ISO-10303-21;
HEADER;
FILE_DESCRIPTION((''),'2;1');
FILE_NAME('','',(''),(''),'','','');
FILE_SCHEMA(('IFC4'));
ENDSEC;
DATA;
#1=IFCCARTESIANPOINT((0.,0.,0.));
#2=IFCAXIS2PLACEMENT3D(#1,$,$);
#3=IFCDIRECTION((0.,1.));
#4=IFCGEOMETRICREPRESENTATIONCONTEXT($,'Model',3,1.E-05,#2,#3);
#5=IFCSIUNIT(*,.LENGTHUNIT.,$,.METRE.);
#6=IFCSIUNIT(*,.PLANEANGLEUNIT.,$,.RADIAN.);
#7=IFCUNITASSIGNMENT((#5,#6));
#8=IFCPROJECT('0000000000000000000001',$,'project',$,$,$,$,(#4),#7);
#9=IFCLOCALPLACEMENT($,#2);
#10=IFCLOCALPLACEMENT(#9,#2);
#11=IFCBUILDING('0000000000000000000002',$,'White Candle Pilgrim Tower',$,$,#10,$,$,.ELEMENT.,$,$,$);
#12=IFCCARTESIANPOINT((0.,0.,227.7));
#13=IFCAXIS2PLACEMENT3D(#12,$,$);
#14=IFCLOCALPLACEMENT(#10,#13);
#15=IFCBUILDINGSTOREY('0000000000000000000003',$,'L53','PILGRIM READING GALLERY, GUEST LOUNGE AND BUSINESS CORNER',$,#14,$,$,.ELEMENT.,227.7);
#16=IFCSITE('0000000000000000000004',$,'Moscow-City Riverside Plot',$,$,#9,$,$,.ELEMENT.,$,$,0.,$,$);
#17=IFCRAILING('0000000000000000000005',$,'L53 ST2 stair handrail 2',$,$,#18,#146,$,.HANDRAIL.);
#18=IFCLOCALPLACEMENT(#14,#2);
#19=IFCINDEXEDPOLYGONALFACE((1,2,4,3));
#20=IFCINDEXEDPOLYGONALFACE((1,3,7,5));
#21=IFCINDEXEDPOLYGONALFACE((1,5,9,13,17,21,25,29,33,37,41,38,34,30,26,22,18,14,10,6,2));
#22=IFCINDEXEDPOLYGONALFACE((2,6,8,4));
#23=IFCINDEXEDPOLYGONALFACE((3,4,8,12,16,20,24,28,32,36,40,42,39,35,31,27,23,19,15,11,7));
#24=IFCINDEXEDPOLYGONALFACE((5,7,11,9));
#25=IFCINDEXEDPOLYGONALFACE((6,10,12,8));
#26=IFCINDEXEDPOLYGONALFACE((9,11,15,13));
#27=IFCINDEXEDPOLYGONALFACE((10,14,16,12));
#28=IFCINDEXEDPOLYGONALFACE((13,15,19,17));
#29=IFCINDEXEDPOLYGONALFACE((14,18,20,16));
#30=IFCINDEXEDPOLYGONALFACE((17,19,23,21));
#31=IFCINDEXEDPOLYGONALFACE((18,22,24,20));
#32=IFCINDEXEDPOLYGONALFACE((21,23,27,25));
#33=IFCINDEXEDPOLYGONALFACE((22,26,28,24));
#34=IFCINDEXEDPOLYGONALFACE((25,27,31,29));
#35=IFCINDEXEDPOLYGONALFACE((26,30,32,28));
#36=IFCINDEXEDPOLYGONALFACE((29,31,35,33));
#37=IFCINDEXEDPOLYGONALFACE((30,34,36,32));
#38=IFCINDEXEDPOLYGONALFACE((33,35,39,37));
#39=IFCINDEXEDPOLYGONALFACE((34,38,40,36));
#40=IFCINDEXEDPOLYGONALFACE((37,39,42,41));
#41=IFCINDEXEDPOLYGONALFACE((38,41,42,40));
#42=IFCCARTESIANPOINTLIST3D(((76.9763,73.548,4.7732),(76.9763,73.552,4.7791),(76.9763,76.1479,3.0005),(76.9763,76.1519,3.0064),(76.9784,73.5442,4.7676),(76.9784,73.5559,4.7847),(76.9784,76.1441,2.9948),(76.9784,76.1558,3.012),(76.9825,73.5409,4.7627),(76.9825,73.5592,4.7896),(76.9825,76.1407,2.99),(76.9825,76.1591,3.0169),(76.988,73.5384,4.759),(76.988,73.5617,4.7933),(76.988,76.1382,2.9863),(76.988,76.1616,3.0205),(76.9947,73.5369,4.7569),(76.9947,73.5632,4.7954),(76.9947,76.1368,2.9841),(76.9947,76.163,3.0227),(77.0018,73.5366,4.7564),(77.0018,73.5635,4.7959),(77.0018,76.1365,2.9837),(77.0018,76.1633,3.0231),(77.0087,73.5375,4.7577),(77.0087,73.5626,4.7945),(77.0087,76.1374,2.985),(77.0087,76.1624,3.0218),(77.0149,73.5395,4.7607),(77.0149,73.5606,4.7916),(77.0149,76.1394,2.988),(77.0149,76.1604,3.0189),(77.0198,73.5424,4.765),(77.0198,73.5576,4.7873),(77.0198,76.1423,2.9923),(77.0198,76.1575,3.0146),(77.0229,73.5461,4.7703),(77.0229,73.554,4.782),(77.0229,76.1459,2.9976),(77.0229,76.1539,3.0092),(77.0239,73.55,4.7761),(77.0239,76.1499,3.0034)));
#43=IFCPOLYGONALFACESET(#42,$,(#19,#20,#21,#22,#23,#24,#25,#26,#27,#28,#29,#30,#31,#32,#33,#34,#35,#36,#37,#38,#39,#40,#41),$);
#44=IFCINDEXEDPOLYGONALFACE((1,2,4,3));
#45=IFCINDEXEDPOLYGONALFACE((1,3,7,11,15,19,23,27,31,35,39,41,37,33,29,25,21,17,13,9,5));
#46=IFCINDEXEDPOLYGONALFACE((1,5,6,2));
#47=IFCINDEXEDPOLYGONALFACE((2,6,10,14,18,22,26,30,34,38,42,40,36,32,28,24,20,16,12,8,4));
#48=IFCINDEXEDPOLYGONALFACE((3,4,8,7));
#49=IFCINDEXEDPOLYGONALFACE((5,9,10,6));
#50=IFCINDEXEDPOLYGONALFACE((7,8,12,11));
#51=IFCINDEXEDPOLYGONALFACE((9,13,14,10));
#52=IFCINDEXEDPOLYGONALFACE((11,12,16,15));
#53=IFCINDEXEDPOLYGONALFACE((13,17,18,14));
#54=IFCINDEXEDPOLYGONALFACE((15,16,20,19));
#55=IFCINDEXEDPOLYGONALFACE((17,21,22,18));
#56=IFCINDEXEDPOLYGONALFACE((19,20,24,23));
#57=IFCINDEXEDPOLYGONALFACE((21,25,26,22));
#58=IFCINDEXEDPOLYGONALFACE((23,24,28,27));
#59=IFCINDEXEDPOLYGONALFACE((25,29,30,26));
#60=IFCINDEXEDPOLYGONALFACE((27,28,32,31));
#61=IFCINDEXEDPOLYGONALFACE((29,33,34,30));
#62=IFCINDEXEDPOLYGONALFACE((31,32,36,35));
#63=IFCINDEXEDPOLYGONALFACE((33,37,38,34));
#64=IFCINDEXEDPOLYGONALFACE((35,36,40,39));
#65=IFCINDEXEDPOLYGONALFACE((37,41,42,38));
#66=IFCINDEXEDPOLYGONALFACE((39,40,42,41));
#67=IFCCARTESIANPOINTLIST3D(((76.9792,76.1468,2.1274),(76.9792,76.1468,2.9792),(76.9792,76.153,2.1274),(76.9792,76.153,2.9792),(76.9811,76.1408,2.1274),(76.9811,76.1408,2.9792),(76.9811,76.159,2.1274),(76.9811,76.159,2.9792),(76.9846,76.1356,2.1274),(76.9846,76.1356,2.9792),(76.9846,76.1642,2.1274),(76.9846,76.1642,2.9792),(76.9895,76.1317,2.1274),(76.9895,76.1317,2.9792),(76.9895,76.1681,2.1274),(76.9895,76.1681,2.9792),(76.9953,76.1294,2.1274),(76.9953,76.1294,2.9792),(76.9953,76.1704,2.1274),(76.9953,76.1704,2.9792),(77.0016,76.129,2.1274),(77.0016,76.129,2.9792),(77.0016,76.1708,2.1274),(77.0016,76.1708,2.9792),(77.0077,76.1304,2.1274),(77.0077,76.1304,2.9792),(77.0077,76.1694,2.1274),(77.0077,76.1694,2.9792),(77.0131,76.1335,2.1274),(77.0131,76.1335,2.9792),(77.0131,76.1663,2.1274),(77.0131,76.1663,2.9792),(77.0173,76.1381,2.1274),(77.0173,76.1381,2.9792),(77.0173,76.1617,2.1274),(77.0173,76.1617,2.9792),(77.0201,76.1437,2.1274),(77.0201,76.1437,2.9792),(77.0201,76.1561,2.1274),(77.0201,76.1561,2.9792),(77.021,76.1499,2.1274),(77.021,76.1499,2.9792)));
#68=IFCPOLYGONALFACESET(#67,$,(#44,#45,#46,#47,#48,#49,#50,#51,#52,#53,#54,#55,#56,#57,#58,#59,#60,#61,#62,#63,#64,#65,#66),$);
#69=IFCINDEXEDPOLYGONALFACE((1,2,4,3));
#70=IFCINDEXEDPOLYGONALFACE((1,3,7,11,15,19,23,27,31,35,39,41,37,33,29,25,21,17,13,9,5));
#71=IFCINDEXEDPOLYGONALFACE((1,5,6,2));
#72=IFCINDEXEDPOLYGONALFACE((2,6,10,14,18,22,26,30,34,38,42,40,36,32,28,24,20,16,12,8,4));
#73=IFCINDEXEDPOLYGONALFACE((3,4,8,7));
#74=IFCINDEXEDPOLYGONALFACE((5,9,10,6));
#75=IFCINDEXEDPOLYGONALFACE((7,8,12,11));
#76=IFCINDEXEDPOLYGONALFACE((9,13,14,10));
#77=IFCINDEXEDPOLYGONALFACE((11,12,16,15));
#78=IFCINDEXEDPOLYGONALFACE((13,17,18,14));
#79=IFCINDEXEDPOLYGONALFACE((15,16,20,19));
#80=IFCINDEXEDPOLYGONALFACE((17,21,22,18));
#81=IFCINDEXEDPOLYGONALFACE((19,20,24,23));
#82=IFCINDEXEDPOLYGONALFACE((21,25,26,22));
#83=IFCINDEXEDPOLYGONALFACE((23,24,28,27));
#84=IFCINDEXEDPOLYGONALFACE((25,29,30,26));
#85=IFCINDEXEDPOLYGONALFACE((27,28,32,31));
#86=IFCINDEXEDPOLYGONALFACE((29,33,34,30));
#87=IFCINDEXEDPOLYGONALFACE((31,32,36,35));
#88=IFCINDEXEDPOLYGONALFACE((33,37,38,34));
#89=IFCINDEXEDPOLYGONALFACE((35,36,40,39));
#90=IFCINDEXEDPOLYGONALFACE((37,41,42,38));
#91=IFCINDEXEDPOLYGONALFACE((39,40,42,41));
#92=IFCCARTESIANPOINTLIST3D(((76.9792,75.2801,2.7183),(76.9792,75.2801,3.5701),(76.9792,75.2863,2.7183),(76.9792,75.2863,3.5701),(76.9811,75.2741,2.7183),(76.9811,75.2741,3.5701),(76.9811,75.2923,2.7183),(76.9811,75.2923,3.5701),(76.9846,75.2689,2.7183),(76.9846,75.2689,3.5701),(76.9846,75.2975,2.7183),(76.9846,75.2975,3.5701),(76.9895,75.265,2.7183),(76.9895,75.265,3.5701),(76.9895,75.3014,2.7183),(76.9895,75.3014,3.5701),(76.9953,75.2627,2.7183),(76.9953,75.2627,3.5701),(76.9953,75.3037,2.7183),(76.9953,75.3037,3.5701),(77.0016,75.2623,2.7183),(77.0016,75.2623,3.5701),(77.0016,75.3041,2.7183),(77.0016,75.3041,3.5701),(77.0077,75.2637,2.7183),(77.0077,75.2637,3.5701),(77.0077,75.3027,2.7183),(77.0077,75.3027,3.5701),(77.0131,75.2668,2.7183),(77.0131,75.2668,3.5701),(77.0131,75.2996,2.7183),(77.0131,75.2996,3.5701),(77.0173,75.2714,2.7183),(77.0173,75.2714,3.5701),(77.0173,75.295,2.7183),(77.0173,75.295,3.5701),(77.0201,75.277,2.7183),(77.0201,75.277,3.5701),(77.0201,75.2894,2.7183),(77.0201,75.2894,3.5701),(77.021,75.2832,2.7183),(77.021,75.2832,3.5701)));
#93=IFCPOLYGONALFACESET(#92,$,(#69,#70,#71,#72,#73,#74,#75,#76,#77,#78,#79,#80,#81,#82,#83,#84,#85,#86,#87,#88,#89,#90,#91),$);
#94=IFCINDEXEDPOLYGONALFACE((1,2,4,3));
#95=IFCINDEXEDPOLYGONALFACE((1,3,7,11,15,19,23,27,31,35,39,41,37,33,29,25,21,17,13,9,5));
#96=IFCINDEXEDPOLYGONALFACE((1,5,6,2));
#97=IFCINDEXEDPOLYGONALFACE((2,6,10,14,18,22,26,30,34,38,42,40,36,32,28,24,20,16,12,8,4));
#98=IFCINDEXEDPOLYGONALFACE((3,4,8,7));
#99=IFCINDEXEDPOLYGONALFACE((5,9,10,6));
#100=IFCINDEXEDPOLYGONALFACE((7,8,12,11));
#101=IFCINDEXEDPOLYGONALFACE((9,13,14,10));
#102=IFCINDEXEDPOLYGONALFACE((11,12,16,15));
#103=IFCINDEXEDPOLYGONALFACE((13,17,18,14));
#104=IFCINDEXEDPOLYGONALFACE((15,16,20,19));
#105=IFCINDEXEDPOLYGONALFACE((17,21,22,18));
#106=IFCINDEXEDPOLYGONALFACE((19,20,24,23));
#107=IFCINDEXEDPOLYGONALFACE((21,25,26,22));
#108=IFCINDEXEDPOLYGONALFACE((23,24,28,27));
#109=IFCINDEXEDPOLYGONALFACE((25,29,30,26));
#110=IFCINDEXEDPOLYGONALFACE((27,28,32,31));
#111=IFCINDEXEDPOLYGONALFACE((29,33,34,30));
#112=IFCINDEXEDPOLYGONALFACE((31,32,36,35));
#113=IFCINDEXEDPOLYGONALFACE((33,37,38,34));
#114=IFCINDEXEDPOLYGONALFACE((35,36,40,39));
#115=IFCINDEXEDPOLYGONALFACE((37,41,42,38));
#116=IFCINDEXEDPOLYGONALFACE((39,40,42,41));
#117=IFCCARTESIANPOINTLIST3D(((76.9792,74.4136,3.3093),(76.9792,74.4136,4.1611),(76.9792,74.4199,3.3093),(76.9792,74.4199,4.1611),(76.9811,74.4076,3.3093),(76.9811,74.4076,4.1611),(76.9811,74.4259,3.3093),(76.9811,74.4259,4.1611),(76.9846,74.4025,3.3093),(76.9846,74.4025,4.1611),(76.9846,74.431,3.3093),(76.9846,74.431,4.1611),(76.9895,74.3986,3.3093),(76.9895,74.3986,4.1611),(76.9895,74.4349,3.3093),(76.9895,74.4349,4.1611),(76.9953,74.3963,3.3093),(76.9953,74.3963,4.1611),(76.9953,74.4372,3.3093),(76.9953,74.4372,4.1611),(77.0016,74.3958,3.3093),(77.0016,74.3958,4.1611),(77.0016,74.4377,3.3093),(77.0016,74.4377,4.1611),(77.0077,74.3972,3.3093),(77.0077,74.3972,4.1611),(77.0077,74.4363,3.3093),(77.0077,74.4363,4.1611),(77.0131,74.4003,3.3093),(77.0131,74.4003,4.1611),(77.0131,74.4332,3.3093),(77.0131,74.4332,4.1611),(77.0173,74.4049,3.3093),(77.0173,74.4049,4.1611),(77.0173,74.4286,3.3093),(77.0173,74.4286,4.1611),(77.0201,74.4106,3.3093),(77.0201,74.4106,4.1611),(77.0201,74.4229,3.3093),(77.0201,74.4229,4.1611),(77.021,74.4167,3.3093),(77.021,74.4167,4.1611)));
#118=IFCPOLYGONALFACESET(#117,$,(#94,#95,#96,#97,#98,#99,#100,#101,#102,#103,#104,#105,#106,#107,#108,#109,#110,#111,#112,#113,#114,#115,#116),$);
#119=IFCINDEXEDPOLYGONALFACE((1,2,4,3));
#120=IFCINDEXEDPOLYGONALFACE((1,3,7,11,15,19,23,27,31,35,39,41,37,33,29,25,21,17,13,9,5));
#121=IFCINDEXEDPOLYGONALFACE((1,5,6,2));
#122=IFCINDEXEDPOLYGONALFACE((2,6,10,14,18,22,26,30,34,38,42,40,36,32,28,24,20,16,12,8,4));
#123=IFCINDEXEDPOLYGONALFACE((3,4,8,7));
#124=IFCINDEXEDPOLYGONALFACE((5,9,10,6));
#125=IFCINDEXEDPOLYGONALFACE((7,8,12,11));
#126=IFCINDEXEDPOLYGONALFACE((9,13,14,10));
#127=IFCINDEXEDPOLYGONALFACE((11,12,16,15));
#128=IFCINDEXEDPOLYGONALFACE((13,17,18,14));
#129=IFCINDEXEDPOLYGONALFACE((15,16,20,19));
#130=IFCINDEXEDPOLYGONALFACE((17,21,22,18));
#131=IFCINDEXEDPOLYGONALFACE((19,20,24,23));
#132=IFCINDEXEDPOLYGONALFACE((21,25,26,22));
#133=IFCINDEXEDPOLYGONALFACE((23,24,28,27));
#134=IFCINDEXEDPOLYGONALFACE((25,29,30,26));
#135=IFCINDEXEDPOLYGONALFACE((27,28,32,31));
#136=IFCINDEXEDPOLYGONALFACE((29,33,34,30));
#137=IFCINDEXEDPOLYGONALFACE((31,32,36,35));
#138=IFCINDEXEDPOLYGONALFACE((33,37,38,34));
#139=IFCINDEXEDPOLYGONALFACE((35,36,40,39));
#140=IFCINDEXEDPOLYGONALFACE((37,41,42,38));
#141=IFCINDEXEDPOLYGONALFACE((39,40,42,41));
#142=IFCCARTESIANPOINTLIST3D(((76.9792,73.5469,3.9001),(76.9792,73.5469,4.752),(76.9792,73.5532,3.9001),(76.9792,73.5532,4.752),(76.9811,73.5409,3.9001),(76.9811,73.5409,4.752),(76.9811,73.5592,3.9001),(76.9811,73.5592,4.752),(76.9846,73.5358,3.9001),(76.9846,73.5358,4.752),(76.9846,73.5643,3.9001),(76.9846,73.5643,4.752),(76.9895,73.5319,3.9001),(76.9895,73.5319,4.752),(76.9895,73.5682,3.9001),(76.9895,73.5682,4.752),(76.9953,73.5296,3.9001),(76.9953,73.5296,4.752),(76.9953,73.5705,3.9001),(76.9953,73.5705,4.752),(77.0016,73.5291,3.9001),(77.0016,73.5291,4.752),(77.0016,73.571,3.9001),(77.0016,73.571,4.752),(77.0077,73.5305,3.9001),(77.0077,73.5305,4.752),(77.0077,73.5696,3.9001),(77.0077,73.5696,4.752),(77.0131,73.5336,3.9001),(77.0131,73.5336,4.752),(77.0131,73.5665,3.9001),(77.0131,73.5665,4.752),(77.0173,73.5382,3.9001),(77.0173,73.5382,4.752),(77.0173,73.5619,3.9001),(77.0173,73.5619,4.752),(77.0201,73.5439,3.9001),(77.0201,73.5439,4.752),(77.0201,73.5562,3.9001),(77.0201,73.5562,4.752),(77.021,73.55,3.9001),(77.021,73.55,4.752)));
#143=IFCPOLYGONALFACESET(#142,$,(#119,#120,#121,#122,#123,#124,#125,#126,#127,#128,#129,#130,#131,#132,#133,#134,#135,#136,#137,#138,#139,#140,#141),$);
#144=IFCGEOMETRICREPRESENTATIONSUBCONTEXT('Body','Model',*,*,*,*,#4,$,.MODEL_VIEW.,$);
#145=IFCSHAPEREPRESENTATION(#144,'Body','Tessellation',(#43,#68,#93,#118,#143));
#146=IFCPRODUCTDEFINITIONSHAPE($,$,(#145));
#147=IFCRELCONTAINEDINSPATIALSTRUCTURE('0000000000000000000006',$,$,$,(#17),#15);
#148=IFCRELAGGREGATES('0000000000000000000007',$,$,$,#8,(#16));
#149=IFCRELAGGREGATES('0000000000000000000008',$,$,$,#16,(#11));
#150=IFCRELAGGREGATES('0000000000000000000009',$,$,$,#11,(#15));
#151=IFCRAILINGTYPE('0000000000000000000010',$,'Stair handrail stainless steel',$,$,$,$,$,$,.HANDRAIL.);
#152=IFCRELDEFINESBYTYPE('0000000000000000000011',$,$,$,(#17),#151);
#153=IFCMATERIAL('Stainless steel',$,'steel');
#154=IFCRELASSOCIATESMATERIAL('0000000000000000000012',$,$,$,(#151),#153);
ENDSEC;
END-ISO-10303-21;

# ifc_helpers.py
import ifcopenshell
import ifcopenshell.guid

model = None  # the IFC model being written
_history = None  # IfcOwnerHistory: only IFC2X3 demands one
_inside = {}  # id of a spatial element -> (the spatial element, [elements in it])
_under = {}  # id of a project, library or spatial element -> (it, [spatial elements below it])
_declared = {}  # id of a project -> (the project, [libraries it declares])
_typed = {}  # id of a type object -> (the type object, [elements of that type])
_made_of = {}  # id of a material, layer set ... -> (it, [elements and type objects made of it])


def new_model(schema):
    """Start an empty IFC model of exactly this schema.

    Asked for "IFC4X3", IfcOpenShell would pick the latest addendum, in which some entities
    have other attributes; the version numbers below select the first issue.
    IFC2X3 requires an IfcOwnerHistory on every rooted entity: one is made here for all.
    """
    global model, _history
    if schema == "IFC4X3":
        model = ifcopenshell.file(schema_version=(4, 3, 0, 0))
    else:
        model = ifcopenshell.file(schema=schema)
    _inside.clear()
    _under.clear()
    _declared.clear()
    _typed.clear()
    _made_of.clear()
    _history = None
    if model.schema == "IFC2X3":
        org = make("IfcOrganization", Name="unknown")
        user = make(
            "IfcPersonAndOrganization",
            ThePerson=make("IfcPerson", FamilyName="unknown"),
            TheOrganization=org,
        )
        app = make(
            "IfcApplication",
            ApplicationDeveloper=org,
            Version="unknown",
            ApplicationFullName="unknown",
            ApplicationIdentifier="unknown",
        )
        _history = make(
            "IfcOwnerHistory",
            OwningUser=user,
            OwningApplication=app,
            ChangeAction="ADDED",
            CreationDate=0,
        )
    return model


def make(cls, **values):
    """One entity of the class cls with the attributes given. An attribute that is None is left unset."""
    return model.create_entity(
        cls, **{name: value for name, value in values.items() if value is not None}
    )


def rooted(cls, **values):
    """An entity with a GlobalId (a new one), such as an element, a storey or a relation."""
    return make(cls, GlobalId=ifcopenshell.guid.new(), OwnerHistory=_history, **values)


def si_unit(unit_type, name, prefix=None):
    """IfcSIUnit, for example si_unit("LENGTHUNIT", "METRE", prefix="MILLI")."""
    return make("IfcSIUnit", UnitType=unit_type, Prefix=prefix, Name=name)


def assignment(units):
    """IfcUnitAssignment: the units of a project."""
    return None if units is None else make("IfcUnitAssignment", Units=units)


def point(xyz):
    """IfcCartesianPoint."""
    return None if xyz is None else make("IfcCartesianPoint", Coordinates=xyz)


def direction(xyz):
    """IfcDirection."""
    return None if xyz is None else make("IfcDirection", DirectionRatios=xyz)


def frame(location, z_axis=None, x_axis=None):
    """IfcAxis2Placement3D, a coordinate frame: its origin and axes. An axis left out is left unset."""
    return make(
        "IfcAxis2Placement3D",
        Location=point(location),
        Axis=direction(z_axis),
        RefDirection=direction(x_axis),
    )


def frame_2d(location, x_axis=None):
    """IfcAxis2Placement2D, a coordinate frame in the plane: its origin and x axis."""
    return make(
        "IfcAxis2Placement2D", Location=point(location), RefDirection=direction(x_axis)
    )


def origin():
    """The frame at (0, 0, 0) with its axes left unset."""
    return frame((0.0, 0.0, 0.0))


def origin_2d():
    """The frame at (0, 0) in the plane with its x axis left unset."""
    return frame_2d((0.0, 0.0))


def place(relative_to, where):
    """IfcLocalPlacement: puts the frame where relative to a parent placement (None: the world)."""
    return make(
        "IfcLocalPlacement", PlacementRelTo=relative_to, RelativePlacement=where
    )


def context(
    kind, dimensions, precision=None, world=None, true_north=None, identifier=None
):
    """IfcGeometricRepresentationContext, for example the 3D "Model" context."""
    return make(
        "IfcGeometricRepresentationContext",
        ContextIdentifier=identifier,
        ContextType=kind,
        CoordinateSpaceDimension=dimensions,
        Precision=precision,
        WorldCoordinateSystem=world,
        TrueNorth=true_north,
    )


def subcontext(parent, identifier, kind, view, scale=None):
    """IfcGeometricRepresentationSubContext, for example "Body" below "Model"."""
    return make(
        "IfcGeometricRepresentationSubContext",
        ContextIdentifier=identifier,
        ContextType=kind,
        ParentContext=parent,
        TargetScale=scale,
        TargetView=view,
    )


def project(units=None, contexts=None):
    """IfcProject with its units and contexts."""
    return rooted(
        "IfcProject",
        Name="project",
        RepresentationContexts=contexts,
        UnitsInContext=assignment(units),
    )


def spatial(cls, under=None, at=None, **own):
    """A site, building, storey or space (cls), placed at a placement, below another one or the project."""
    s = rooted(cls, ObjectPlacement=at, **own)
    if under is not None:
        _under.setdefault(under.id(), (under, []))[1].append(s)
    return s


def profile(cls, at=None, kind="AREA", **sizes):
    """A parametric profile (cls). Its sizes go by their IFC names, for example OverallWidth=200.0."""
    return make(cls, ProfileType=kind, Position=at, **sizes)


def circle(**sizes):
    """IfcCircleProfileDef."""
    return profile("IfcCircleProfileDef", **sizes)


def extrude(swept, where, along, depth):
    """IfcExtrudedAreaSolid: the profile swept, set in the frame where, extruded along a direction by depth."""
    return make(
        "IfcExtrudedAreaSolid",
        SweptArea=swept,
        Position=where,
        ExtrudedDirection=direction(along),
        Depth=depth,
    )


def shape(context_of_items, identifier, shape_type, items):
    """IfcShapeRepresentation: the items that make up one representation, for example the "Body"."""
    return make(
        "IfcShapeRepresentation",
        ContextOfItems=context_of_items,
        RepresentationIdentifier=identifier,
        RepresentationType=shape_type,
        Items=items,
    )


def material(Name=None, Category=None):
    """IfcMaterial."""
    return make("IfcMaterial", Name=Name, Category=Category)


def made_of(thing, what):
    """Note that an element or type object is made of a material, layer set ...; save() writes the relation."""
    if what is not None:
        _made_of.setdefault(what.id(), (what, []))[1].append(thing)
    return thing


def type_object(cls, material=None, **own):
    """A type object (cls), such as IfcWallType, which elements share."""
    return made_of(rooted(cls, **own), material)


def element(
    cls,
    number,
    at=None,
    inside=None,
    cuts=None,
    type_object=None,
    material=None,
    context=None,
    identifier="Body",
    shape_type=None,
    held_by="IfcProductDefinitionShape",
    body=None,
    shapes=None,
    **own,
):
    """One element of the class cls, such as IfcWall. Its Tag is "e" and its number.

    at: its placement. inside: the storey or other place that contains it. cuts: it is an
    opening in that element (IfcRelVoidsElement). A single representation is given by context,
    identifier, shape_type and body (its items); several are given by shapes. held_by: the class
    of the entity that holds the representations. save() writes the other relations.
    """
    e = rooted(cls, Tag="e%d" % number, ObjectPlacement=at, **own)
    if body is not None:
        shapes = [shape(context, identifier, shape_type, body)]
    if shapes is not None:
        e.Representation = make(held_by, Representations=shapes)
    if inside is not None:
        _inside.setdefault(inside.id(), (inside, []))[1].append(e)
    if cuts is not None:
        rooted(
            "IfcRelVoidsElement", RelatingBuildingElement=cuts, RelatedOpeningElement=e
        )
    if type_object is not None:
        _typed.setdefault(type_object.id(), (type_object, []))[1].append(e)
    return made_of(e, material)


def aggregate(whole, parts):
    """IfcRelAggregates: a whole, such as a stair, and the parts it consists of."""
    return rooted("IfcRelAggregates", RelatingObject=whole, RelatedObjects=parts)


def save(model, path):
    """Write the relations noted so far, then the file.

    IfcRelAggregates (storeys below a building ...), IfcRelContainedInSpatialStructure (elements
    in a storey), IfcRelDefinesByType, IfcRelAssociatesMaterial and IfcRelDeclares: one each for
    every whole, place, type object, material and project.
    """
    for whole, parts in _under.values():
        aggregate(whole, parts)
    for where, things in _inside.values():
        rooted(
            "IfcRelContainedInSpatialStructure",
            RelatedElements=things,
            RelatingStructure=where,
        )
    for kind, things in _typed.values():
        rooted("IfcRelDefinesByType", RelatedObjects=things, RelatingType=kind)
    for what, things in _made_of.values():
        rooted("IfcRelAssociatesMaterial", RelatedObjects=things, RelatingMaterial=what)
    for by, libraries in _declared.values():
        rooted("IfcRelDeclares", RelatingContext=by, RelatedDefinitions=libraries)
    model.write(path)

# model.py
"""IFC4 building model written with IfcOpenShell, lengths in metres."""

from ifc_helpers import new_model, si_unit, direction, frame, origin, origin_2d, place, context, subcontext, project, spatial, circle, extrude, material, type_object, element, save


model = new_model("IFC4")

# Units and contexts
model_context = context("Model", 3, precision=1e-05, world=origin(), true_north=direction((0.0, 1.0)))
body_context = subcontext(model_context, "Body", "Model", "MODEL_VIEW")
ifc_project = project(units=[si_unit("LENGTHUNIT", "METRE"), si_unit("PLANEANGLEUNIT", "RADIAN")], contexts=[model_context])

# Site, building, storey
site_placement = place(None, origin())
site = spatial("IfcSite", under=ifc_project, at=site_placement, Name="Moscow-City Riverside Plot", CompositionType="ELEMENT", RefElevation=0.0)
building_placement = place(site_placement, origin())
building = spatial("IfcBuilding", under=site, at=building_placement, Name="White Candle Pilgrim Tower", CompositionType="ELEMENT")
storey_placement = place(building_placement, frame((0.0, 0.0, 227.7)))
storey = spatial("IfcBuildingStorey", under=building, at=storey_placement, Name="L53", Description="PILGRIM READING GALLERY, GUEST LOUNGE AND BUSINESS CORNER", CompositionType="ELEMENT", Elevation=227.7)

# Railing
ifc_material_1 = material(Name="Stainless steel", Category="steel")
railing_type_1 = type_object("IfcRailingType", Name="Stair handrail stainless steel", PredefinedType="HANDRAIL", material=ifc_material_1)
railing_1_placement = place(storey_placement, frame((77.0, 76.1499, 2.1274)))
element("IfcRailing", 1, at=railing_1_placement, inside=storey, type_object=railing_type_1, Name="L53 ST2 stair handrail 2", PredefinedType="HANDRAIL", context=body_context, shape_type="SweptSolid", body=[
    extrude(circle(Radius=0.0239, at=origin_2d()), frame((0.0, 0.0, 0.876), z_axis=(0.0, -0.826216, 0.563354), x_axis=(1.0, 0.0, 0.0)), (0.0, 0.0, 1.0), 3.1467),
    extrude(circle(Radius=0.021, at=origin_2d()), origin(), (0.0, 0.0, 1.0), 0.8518),
    extrude(circle(Radius=0.021, at=origin_2d()), frame((0.0, -0.8667, 0.5908)), (0.0, 0.0, 1.0), 0.8518),
    extrude(circle(Radius=0.021, at=origin_2d()), frame((0.0, -1.7332, 1.1819)), (0.0, 0.0, 1.0), 0.8518),
    extrude(circle(Radius=0.021, at=origin_2d()), frame((0.0, -2.5999, 1.7727)), (0.0, 0.0, 1.0), 0.8518),
])

save(model, "model.ifc")
